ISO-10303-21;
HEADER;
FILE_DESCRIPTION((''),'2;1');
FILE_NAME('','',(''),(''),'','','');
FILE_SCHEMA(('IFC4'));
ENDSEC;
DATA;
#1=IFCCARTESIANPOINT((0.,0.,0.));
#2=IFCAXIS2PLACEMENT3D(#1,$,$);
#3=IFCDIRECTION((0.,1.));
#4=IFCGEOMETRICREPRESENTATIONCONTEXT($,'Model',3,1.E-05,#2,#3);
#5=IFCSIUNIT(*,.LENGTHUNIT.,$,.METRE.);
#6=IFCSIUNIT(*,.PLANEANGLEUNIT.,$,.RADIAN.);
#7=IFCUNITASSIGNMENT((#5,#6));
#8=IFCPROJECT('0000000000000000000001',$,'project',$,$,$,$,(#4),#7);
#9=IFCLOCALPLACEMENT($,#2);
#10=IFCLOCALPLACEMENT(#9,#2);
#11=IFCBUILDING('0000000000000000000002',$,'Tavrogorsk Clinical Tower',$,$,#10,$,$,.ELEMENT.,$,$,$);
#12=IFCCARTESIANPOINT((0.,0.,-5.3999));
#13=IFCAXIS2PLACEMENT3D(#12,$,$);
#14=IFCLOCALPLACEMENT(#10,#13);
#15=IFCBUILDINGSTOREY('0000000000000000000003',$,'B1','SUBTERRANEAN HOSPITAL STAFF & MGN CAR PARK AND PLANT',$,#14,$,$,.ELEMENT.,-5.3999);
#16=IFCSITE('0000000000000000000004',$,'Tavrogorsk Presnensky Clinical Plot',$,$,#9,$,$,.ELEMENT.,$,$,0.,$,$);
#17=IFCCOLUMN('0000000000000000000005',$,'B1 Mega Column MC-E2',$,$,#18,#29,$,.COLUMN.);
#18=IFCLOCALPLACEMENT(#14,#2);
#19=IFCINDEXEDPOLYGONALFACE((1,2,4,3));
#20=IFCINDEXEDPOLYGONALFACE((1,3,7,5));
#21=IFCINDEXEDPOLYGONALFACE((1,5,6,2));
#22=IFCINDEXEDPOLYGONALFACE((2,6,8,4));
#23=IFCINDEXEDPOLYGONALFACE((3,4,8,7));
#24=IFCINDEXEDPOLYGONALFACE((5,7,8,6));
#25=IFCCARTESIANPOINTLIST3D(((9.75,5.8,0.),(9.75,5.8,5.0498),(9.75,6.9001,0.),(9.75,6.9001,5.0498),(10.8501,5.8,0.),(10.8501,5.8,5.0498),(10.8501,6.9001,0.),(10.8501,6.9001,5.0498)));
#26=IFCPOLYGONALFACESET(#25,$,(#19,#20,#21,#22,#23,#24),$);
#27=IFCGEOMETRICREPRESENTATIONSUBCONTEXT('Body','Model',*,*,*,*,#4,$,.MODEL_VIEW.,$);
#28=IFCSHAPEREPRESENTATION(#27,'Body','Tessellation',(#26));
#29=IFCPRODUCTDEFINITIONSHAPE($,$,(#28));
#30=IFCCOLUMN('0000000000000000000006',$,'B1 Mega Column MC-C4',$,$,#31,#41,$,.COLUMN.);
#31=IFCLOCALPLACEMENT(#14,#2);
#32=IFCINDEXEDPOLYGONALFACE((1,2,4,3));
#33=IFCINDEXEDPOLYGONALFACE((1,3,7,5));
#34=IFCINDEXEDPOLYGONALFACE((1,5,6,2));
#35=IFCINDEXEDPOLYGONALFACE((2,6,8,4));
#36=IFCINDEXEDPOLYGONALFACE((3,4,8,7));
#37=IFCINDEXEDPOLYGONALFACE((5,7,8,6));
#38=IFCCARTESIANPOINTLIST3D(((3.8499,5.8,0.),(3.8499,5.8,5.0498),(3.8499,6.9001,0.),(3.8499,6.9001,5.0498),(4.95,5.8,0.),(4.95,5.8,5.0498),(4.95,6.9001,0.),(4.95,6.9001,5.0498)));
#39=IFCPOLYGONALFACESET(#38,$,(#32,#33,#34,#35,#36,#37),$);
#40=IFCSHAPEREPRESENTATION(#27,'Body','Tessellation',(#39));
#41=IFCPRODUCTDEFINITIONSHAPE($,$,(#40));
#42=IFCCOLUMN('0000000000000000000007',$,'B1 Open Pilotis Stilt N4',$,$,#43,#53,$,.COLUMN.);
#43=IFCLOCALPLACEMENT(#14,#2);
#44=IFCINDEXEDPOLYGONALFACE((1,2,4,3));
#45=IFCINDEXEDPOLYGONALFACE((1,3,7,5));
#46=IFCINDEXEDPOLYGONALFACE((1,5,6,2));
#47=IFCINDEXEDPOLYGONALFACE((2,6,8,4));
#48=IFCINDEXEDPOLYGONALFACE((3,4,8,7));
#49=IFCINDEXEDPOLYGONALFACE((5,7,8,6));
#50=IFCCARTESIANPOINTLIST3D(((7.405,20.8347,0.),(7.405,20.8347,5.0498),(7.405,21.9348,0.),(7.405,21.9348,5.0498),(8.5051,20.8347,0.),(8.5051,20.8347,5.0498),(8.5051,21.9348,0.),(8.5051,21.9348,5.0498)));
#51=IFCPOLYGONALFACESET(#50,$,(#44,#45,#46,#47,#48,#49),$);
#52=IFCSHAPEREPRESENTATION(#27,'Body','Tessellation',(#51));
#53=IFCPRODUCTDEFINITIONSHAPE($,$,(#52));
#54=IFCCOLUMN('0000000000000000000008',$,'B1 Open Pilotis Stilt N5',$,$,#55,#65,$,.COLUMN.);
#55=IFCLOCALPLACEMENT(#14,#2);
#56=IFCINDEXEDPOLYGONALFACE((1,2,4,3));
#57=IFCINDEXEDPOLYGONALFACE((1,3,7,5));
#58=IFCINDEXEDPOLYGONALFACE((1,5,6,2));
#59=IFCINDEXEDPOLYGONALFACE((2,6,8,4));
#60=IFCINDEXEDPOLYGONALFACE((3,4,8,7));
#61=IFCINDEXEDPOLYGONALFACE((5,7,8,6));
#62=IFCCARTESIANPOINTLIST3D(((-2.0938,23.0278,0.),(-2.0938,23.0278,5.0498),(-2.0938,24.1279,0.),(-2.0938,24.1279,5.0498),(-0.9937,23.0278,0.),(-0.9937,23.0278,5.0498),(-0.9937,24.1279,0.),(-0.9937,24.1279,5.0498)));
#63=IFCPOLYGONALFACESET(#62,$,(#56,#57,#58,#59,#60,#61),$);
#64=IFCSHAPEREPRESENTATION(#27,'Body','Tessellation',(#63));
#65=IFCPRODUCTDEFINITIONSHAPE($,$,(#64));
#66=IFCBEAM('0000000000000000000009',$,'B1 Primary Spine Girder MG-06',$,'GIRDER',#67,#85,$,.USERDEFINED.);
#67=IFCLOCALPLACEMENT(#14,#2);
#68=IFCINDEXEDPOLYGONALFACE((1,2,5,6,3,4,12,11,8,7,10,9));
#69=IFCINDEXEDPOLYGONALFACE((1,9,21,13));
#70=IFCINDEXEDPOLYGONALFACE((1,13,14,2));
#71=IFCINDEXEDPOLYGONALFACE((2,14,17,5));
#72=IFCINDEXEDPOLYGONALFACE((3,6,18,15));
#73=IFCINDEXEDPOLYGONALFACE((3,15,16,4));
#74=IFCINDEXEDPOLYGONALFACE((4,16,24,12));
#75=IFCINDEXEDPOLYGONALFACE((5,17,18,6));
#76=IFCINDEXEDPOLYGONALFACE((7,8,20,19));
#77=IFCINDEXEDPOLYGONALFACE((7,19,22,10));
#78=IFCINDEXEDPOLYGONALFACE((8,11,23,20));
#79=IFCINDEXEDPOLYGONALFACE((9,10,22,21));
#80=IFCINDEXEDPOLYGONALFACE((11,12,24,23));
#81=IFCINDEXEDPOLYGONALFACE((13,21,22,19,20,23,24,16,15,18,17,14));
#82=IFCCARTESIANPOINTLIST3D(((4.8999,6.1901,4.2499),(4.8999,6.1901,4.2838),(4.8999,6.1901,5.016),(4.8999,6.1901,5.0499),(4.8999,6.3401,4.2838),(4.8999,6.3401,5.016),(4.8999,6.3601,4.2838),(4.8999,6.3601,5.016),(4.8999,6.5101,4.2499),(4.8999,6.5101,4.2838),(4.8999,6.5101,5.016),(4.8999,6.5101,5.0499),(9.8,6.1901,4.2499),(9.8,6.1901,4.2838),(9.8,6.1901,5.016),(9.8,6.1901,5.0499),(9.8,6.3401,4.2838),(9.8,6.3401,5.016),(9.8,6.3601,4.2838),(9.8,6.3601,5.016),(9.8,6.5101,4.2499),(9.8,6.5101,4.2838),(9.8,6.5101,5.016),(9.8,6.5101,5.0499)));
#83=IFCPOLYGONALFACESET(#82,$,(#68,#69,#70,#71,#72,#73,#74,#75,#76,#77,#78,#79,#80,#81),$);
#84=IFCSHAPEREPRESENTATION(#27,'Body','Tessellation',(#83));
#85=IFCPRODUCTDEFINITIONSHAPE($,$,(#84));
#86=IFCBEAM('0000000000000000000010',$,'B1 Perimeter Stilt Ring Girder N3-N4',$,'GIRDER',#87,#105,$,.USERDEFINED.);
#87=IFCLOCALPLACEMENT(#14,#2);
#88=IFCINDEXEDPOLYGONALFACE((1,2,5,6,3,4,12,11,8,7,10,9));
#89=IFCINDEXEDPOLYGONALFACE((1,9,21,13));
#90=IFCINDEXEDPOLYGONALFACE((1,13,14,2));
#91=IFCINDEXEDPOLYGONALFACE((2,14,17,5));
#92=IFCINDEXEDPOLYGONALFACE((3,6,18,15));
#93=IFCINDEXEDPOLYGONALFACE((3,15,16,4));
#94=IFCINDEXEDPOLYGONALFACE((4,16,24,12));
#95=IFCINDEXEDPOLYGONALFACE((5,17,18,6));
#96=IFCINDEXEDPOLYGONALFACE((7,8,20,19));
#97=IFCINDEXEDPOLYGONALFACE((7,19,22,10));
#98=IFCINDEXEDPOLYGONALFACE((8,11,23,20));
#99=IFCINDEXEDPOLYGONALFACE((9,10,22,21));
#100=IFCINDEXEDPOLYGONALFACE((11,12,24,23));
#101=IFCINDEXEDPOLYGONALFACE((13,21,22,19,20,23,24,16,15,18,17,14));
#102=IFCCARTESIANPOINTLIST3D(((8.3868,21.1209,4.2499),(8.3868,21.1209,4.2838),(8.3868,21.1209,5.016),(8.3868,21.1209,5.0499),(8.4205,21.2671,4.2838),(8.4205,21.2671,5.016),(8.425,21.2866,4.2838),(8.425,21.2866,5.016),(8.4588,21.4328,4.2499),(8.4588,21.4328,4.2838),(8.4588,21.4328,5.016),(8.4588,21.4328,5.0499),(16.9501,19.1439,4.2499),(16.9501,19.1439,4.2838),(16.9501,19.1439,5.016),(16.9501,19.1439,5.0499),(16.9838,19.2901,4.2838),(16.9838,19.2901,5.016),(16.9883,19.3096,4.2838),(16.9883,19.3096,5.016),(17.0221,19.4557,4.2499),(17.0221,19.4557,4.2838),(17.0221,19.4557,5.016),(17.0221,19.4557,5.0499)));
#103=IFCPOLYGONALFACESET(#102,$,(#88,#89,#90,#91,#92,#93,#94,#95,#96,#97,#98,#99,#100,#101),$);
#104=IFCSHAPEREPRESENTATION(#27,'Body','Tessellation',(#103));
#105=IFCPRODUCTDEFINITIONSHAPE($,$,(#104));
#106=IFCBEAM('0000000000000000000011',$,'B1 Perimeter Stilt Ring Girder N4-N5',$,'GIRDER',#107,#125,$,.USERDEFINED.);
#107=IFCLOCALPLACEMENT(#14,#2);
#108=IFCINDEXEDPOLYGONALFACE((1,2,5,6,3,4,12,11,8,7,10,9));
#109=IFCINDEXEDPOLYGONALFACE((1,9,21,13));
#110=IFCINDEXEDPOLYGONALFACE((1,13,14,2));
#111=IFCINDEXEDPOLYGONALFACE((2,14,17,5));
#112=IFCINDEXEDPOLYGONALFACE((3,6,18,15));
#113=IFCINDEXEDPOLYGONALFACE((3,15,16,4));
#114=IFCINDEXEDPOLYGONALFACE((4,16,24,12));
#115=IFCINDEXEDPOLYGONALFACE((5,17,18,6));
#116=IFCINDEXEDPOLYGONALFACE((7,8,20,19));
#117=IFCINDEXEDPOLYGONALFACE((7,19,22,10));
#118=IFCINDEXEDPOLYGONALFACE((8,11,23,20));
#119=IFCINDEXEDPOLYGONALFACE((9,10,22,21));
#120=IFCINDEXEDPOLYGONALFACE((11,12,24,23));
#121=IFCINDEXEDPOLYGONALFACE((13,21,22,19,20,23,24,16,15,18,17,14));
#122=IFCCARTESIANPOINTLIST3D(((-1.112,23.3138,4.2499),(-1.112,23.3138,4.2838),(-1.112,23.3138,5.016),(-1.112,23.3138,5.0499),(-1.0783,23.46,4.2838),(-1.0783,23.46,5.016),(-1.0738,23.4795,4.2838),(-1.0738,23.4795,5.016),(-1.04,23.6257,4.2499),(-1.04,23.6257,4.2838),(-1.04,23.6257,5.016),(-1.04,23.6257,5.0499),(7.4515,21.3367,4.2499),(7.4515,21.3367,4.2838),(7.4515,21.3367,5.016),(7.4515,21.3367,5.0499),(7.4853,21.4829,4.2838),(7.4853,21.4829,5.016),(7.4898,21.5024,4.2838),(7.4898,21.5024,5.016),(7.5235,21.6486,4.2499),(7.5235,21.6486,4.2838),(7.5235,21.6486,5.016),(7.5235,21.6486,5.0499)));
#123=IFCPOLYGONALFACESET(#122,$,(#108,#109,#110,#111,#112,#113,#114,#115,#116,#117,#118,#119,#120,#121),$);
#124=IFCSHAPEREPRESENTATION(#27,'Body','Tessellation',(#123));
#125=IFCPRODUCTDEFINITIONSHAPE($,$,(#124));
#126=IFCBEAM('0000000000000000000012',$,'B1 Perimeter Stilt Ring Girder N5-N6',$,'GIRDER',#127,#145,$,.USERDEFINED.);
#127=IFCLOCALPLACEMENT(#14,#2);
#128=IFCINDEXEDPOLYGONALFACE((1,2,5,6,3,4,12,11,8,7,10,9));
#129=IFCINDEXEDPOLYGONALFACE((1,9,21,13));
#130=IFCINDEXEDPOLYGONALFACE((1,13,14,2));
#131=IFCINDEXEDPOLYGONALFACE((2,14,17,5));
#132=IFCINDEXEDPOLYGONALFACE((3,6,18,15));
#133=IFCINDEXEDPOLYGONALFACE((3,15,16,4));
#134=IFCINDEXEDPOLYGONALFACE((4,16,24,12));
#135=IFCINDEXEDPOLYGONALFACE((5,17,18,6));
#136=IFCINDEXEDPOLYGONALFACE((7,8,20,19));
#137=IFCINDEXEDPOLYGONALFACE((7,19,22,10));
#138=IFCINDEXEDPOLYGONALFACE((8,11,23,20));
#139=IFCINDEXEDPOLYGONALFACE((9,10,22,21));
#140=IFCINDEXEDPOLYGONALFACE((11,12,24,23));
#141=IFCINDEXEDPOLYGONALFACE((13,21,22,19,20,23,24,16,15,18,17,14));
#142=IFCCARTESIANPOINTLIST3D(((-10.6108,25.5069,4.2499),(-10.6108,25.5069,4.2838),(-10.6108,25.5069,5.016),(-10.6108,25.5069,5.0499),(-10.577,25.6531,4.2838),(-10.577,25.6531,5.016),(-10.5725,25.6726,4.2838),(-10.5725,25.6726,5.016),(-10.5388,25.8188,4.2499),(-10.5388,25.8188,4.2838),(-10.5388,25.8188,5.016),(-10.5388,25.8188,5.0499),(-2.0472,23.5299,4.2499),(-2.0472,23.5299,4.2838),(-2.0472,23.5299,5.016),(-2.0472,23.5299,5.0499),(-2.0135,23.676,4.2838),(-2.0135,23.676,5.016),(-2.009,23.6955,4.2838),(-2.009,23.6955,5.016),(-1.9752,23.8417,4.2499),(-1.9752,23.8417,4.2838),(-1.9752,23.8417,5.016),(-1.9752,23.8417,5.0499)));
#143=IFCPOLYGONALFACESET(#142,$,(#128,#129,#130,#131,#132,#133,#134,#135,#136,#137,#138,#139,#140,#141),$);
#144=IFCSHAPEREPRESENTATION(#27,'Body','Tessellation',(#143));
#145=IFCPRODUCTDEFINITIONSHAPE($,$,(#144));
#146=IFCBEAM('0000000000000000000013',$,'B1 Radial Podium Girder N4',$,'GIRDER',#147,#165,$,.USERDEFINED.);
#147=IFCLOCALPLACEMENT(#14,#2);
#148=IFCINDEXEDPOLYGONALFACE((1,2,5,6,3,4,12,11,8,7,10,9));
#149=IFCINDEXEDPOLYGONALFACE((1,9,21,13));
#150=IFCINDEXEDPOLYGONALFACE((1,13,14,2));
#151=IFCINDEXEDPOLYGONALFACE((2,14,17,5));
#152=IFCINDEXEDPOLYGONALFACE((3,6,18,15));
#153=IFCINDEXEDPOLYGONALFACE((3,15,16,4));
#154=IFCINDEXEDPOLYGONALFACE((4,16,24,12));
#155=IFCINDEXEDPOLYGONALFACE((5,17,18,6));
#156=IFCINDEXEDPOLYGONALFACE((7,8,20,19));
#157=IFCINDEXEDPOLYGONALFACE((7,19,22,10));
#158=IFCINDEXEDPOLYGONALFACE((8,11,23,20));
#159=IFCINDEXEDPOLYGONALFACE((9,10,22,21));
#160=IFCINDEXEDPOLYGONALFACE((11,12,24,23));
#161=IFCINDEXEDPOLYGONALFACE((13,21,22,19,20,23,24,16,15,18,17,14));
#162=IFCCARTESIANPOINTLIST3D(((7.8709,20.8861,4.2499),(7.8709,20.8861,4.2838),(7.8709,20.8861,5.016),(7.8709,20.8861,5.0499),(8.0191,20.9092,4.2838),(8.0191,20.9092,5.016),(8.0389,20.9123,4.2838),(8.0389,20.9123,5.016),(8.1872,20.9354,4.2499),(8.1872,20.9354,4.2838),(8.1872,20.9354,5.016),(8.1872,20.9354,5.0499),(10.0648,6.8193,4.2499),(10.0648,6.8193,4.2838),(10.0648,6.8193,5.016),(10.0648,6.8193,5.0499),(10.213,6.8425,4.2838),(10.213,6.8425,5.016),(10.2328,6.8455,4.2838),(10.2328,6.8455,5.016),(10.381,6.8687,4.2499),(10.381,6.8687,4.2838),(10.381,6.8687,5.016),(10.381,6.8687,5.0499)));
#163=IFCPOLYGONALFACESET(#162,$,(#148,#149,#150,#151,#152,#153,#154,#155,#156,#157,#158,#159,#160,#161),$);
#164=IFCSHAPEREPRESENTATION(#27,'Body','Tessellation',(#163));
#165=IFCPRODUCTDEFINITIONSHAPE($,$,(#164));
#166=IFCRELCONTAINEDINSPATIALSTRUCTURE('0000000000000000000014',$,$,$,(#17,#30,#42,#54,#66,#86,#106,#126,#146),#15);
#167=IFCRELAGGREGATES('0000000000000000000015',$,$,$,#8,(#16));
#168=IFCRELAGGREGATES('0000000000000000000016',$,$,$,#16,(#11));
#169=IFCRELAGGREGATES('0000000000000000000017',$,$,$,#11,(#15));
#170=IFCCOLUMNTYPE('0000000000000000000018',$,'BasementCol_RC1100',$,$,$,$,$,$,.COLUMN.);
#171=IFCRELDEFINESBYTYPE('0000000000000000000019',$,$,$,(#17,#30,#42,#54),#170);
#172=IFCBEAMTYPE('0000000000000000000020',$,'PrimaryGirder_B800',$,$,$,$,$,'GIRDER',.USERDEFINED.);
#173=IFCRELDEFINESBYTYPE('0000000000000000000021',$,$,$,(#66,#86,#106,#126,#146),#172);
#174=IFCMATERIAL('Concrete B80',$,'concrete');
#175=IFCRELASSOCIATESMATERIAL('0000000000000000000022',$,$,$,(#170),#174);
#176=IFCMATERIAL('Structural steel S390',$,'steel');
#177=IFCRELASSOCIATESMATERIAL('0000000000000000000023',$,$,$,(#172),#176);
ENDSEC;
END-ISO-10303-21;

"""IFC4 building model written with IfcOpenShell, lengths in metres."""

from ifc_helpers import new_model, si_unit, direction, frame, origin, origin_2d, place, context, subcontext, project, spatial, rectangle, i_section, extrude, material, material_profile, profile_set, type_object, element, save


model = new_model("IFC4")

# Units and contexts
model_context = context("Model", 3, precision=1e-05, world=origin(), true_north=direction((0.0, 1.0)))
body_context = subcontext(model_context, "Body", "Model", "MODEL_VIEW")
ifc_project = project(units=[si_unit("LENGTHUNIT", "METRE"), si_unit("PLANEANGLEUNIT", "RADIAN")], contexts=[model_context])

# Site, building, storey
site_placement = place(None, origin())
site = spatial("IfcSite", under=ifc_project, at=site_placement, Name="Tavrogorsk Presnensky Clinical Plot", CompositionType="ELEMENT", RefElevation=0.0)
building_placement = place(site_placement, origin())
building = spatial("IfcBuilding", under=site, at=building_placement, Name="Tavrogorsk Clinical Tower", CompositionType="ELEMENT")
storey_placement = place(building_placement, frame((0.0, 0.0, -5.3999)))
storey = spatial("IfcBuildingStorey", under=building, at=storey_placement, Name="B1", Description="SUBTERRANEAN HOSPITAL STAFF & MGN CAR PARK AND PLANT", CompositionType="ELEMENT", Elevation=-5.3999)

# Columns
ifc_material_1 = material(Name="Concrete B80", Category="concrete")
ifc_material_profile_1 = material_profile(ifc_material_1, rectangle(XDim=1.1001, YDim=1.1001, at=origin_2d()), Name="RC-COL-1100x1100")
ifc_profile_set_1 = profile_set([ifc_material_profile_1], Name="Concrete B80")
column_type = type_object("IfcColumnType", Name="BasementCol_RC1100", PredefinedType="COLUMN", material=ifc_profile_set_1)
for number, where, z_axis, x_axis, name in (
    (1, (10.3, 6.3501, 0.0), (0.0, 0.0, 1.0), (1.0, 0.0, 0.0), "B1 Mega Column MC-E2"),
    (2, (4.3999, 6.3501, 0.0), (0.0, 0.0, 1.0), (1.0, 0.0, 0.0), "B1 Mega Column MC-C4"),
    (3, (7.9551, 21.3848, 0.0), (0.0, 0.0, 1.0), (1.0, 0.0, 0.0), "B1 Open Pilotis Stilt N4"),
    (4, (-1.5437, 23.5779, 0.0), (0.0, 0.0, 1.0), (1.0, 0.0, 0.0), "B1 Open Pilotis Stilt N5"),
):
    element("IfcColumn", number, at=place(storey_placement, frame(where, z_axis=z_axis, x_axis=x_axis)), inside=storey, type_object=column_type, Name=name, PredefinedType="COLUMN", context=body_context, shape_type="SweptSolid", body=[
        extrude(rectangle(XDim=1.1001, YDim=1.1001, at=origin_2d()), origin(), (0.0, 0.0, 1.0), 5.0498),
    ])

# Beams
ifc_material_2 = material(Name="Structural steel S390", Category="steel")
ifc_material_profile_2 = material_profile(ifc_material_2, i_section(OverallWidth=0.3201, OverallDepth=0.8, WebThickness=0.02, FlangeThickness=0.0339, at=origin_2d()), Name="B-800x320x20x34")
ifc_profile_set_2 = profile_set([ifc_material_profile_2], Name="Structural steel S390")
beam_type = type_object("IfcBeamType", Name="PrimaryGirder_B800", ElementType="GIRDER", PredefinedType="USERDEFINED", material=ifc_profile_set_2)
beam_1_placement = place(storey_placement, frame((4.8999, 6.3501, 4.6499), z_axis=(1.0, 0.0, 0.0), x_axis=(0.0, 1.0, 0.0)))
element("IfcBeam", 5, at=beam_1_placement, inside=storey, type_object=beam_type, Name="B1 Primary Spine Girder MG-06", ObjectType="GIRDER", PredefinedType="USERDEFINED", context=body_context, shape_type="SweptSolid", body=[
    extrude(i_section(OverallWidth=0.3201, OverallDepth=0.8, WebThickness=0.02, FlangeThickness=0.0339, at=origin_2d()), origin(), (0.0, 0.0, 1.0), 4.9001),
])
beam_2_placement = place(storey_placement, frame((16.9861, 19.2998, 4.6499), z_axis=(-0.974368, 0.224959, 0.0), x_axis=(-0.224959, -0.974368, 0.0)))
element("IfcBeam", 6, at=beam_2_placement, inside=storey, type_object=beam_type, Name="B1 Perimeter Stilt Ring Girder N3-N4", ObjectType="GIRDER", PredefinedType="USERDEFINED", context=body_context, shape_type="SweptSolid", body=[
    extrude(i_section(OverallWidth=0.3201, OverallDepth=0.8, WebThickness=0.02, FlangeThickness=0.0339, at=origin_2d()), origin(), (0.0, 0.0, 1.0), 8.7886),
])
for number, where, z_axis, x_axis, name in (
    (7, (7.4875, 21.4927, 4.6499), (-0.97437, 0.224953, 0.0), (-0.224953, -0.97437, 0.0), "B1 Perimeter Stilt Ring Girder N4-N5"),
    (8, (-2.0112, 23.6858, 4.6499), (-0.97437, 0.224953, 0.0), (-0.224953, -0.97437, 0.0), "B1 Perimeter Stilt Ring Girder N5-N6"),
):
    element("IfcBeam", number, at=place(storey_placement, frame(where, z_axis=z_axis, x_axis=x_axis)), inside=storey, type_object=beam_type, Name=name, ObjectType="GIRDER", PredefinedType="USERDEFINED", context=body_context, shape_type="SweptSolid", body=[
        extrude(i_section(OverallWidth=0.3201, OverallDepth=0.8, WebThickness=0.02, FlangeThickness=0.0339, at=origin_2d()), origin(), (0.0, 0.0, 1.0), 8.7888),
    ])
beam_3_placement = place(storey_placement, frame((10.2229, 6.844, 4.6499), z_axis=(-0.154098, 0.988056, 0.0), x_axis=(-0.988056, -0.154098, 0.0)))
element("IfcBeam", 9, at=beam_3_placement, inside=storey, type_object=beam_type, Name="B1 Radial Podium Girder N4", ObjectType="GIRDER", PredefinedType="USERDEFINED", context=body_context, shape_type="SweptSolid", body=[
    extrude(i_section(OverallWidth=0.3201, OverallDepth=0.8, WebThickness=0.02, FlangeThickness=0.0339, at=origin_2d()), origin(), (0.0, 0.0, 1.0), 14.2368),
])

save(model, "model.ifc")
